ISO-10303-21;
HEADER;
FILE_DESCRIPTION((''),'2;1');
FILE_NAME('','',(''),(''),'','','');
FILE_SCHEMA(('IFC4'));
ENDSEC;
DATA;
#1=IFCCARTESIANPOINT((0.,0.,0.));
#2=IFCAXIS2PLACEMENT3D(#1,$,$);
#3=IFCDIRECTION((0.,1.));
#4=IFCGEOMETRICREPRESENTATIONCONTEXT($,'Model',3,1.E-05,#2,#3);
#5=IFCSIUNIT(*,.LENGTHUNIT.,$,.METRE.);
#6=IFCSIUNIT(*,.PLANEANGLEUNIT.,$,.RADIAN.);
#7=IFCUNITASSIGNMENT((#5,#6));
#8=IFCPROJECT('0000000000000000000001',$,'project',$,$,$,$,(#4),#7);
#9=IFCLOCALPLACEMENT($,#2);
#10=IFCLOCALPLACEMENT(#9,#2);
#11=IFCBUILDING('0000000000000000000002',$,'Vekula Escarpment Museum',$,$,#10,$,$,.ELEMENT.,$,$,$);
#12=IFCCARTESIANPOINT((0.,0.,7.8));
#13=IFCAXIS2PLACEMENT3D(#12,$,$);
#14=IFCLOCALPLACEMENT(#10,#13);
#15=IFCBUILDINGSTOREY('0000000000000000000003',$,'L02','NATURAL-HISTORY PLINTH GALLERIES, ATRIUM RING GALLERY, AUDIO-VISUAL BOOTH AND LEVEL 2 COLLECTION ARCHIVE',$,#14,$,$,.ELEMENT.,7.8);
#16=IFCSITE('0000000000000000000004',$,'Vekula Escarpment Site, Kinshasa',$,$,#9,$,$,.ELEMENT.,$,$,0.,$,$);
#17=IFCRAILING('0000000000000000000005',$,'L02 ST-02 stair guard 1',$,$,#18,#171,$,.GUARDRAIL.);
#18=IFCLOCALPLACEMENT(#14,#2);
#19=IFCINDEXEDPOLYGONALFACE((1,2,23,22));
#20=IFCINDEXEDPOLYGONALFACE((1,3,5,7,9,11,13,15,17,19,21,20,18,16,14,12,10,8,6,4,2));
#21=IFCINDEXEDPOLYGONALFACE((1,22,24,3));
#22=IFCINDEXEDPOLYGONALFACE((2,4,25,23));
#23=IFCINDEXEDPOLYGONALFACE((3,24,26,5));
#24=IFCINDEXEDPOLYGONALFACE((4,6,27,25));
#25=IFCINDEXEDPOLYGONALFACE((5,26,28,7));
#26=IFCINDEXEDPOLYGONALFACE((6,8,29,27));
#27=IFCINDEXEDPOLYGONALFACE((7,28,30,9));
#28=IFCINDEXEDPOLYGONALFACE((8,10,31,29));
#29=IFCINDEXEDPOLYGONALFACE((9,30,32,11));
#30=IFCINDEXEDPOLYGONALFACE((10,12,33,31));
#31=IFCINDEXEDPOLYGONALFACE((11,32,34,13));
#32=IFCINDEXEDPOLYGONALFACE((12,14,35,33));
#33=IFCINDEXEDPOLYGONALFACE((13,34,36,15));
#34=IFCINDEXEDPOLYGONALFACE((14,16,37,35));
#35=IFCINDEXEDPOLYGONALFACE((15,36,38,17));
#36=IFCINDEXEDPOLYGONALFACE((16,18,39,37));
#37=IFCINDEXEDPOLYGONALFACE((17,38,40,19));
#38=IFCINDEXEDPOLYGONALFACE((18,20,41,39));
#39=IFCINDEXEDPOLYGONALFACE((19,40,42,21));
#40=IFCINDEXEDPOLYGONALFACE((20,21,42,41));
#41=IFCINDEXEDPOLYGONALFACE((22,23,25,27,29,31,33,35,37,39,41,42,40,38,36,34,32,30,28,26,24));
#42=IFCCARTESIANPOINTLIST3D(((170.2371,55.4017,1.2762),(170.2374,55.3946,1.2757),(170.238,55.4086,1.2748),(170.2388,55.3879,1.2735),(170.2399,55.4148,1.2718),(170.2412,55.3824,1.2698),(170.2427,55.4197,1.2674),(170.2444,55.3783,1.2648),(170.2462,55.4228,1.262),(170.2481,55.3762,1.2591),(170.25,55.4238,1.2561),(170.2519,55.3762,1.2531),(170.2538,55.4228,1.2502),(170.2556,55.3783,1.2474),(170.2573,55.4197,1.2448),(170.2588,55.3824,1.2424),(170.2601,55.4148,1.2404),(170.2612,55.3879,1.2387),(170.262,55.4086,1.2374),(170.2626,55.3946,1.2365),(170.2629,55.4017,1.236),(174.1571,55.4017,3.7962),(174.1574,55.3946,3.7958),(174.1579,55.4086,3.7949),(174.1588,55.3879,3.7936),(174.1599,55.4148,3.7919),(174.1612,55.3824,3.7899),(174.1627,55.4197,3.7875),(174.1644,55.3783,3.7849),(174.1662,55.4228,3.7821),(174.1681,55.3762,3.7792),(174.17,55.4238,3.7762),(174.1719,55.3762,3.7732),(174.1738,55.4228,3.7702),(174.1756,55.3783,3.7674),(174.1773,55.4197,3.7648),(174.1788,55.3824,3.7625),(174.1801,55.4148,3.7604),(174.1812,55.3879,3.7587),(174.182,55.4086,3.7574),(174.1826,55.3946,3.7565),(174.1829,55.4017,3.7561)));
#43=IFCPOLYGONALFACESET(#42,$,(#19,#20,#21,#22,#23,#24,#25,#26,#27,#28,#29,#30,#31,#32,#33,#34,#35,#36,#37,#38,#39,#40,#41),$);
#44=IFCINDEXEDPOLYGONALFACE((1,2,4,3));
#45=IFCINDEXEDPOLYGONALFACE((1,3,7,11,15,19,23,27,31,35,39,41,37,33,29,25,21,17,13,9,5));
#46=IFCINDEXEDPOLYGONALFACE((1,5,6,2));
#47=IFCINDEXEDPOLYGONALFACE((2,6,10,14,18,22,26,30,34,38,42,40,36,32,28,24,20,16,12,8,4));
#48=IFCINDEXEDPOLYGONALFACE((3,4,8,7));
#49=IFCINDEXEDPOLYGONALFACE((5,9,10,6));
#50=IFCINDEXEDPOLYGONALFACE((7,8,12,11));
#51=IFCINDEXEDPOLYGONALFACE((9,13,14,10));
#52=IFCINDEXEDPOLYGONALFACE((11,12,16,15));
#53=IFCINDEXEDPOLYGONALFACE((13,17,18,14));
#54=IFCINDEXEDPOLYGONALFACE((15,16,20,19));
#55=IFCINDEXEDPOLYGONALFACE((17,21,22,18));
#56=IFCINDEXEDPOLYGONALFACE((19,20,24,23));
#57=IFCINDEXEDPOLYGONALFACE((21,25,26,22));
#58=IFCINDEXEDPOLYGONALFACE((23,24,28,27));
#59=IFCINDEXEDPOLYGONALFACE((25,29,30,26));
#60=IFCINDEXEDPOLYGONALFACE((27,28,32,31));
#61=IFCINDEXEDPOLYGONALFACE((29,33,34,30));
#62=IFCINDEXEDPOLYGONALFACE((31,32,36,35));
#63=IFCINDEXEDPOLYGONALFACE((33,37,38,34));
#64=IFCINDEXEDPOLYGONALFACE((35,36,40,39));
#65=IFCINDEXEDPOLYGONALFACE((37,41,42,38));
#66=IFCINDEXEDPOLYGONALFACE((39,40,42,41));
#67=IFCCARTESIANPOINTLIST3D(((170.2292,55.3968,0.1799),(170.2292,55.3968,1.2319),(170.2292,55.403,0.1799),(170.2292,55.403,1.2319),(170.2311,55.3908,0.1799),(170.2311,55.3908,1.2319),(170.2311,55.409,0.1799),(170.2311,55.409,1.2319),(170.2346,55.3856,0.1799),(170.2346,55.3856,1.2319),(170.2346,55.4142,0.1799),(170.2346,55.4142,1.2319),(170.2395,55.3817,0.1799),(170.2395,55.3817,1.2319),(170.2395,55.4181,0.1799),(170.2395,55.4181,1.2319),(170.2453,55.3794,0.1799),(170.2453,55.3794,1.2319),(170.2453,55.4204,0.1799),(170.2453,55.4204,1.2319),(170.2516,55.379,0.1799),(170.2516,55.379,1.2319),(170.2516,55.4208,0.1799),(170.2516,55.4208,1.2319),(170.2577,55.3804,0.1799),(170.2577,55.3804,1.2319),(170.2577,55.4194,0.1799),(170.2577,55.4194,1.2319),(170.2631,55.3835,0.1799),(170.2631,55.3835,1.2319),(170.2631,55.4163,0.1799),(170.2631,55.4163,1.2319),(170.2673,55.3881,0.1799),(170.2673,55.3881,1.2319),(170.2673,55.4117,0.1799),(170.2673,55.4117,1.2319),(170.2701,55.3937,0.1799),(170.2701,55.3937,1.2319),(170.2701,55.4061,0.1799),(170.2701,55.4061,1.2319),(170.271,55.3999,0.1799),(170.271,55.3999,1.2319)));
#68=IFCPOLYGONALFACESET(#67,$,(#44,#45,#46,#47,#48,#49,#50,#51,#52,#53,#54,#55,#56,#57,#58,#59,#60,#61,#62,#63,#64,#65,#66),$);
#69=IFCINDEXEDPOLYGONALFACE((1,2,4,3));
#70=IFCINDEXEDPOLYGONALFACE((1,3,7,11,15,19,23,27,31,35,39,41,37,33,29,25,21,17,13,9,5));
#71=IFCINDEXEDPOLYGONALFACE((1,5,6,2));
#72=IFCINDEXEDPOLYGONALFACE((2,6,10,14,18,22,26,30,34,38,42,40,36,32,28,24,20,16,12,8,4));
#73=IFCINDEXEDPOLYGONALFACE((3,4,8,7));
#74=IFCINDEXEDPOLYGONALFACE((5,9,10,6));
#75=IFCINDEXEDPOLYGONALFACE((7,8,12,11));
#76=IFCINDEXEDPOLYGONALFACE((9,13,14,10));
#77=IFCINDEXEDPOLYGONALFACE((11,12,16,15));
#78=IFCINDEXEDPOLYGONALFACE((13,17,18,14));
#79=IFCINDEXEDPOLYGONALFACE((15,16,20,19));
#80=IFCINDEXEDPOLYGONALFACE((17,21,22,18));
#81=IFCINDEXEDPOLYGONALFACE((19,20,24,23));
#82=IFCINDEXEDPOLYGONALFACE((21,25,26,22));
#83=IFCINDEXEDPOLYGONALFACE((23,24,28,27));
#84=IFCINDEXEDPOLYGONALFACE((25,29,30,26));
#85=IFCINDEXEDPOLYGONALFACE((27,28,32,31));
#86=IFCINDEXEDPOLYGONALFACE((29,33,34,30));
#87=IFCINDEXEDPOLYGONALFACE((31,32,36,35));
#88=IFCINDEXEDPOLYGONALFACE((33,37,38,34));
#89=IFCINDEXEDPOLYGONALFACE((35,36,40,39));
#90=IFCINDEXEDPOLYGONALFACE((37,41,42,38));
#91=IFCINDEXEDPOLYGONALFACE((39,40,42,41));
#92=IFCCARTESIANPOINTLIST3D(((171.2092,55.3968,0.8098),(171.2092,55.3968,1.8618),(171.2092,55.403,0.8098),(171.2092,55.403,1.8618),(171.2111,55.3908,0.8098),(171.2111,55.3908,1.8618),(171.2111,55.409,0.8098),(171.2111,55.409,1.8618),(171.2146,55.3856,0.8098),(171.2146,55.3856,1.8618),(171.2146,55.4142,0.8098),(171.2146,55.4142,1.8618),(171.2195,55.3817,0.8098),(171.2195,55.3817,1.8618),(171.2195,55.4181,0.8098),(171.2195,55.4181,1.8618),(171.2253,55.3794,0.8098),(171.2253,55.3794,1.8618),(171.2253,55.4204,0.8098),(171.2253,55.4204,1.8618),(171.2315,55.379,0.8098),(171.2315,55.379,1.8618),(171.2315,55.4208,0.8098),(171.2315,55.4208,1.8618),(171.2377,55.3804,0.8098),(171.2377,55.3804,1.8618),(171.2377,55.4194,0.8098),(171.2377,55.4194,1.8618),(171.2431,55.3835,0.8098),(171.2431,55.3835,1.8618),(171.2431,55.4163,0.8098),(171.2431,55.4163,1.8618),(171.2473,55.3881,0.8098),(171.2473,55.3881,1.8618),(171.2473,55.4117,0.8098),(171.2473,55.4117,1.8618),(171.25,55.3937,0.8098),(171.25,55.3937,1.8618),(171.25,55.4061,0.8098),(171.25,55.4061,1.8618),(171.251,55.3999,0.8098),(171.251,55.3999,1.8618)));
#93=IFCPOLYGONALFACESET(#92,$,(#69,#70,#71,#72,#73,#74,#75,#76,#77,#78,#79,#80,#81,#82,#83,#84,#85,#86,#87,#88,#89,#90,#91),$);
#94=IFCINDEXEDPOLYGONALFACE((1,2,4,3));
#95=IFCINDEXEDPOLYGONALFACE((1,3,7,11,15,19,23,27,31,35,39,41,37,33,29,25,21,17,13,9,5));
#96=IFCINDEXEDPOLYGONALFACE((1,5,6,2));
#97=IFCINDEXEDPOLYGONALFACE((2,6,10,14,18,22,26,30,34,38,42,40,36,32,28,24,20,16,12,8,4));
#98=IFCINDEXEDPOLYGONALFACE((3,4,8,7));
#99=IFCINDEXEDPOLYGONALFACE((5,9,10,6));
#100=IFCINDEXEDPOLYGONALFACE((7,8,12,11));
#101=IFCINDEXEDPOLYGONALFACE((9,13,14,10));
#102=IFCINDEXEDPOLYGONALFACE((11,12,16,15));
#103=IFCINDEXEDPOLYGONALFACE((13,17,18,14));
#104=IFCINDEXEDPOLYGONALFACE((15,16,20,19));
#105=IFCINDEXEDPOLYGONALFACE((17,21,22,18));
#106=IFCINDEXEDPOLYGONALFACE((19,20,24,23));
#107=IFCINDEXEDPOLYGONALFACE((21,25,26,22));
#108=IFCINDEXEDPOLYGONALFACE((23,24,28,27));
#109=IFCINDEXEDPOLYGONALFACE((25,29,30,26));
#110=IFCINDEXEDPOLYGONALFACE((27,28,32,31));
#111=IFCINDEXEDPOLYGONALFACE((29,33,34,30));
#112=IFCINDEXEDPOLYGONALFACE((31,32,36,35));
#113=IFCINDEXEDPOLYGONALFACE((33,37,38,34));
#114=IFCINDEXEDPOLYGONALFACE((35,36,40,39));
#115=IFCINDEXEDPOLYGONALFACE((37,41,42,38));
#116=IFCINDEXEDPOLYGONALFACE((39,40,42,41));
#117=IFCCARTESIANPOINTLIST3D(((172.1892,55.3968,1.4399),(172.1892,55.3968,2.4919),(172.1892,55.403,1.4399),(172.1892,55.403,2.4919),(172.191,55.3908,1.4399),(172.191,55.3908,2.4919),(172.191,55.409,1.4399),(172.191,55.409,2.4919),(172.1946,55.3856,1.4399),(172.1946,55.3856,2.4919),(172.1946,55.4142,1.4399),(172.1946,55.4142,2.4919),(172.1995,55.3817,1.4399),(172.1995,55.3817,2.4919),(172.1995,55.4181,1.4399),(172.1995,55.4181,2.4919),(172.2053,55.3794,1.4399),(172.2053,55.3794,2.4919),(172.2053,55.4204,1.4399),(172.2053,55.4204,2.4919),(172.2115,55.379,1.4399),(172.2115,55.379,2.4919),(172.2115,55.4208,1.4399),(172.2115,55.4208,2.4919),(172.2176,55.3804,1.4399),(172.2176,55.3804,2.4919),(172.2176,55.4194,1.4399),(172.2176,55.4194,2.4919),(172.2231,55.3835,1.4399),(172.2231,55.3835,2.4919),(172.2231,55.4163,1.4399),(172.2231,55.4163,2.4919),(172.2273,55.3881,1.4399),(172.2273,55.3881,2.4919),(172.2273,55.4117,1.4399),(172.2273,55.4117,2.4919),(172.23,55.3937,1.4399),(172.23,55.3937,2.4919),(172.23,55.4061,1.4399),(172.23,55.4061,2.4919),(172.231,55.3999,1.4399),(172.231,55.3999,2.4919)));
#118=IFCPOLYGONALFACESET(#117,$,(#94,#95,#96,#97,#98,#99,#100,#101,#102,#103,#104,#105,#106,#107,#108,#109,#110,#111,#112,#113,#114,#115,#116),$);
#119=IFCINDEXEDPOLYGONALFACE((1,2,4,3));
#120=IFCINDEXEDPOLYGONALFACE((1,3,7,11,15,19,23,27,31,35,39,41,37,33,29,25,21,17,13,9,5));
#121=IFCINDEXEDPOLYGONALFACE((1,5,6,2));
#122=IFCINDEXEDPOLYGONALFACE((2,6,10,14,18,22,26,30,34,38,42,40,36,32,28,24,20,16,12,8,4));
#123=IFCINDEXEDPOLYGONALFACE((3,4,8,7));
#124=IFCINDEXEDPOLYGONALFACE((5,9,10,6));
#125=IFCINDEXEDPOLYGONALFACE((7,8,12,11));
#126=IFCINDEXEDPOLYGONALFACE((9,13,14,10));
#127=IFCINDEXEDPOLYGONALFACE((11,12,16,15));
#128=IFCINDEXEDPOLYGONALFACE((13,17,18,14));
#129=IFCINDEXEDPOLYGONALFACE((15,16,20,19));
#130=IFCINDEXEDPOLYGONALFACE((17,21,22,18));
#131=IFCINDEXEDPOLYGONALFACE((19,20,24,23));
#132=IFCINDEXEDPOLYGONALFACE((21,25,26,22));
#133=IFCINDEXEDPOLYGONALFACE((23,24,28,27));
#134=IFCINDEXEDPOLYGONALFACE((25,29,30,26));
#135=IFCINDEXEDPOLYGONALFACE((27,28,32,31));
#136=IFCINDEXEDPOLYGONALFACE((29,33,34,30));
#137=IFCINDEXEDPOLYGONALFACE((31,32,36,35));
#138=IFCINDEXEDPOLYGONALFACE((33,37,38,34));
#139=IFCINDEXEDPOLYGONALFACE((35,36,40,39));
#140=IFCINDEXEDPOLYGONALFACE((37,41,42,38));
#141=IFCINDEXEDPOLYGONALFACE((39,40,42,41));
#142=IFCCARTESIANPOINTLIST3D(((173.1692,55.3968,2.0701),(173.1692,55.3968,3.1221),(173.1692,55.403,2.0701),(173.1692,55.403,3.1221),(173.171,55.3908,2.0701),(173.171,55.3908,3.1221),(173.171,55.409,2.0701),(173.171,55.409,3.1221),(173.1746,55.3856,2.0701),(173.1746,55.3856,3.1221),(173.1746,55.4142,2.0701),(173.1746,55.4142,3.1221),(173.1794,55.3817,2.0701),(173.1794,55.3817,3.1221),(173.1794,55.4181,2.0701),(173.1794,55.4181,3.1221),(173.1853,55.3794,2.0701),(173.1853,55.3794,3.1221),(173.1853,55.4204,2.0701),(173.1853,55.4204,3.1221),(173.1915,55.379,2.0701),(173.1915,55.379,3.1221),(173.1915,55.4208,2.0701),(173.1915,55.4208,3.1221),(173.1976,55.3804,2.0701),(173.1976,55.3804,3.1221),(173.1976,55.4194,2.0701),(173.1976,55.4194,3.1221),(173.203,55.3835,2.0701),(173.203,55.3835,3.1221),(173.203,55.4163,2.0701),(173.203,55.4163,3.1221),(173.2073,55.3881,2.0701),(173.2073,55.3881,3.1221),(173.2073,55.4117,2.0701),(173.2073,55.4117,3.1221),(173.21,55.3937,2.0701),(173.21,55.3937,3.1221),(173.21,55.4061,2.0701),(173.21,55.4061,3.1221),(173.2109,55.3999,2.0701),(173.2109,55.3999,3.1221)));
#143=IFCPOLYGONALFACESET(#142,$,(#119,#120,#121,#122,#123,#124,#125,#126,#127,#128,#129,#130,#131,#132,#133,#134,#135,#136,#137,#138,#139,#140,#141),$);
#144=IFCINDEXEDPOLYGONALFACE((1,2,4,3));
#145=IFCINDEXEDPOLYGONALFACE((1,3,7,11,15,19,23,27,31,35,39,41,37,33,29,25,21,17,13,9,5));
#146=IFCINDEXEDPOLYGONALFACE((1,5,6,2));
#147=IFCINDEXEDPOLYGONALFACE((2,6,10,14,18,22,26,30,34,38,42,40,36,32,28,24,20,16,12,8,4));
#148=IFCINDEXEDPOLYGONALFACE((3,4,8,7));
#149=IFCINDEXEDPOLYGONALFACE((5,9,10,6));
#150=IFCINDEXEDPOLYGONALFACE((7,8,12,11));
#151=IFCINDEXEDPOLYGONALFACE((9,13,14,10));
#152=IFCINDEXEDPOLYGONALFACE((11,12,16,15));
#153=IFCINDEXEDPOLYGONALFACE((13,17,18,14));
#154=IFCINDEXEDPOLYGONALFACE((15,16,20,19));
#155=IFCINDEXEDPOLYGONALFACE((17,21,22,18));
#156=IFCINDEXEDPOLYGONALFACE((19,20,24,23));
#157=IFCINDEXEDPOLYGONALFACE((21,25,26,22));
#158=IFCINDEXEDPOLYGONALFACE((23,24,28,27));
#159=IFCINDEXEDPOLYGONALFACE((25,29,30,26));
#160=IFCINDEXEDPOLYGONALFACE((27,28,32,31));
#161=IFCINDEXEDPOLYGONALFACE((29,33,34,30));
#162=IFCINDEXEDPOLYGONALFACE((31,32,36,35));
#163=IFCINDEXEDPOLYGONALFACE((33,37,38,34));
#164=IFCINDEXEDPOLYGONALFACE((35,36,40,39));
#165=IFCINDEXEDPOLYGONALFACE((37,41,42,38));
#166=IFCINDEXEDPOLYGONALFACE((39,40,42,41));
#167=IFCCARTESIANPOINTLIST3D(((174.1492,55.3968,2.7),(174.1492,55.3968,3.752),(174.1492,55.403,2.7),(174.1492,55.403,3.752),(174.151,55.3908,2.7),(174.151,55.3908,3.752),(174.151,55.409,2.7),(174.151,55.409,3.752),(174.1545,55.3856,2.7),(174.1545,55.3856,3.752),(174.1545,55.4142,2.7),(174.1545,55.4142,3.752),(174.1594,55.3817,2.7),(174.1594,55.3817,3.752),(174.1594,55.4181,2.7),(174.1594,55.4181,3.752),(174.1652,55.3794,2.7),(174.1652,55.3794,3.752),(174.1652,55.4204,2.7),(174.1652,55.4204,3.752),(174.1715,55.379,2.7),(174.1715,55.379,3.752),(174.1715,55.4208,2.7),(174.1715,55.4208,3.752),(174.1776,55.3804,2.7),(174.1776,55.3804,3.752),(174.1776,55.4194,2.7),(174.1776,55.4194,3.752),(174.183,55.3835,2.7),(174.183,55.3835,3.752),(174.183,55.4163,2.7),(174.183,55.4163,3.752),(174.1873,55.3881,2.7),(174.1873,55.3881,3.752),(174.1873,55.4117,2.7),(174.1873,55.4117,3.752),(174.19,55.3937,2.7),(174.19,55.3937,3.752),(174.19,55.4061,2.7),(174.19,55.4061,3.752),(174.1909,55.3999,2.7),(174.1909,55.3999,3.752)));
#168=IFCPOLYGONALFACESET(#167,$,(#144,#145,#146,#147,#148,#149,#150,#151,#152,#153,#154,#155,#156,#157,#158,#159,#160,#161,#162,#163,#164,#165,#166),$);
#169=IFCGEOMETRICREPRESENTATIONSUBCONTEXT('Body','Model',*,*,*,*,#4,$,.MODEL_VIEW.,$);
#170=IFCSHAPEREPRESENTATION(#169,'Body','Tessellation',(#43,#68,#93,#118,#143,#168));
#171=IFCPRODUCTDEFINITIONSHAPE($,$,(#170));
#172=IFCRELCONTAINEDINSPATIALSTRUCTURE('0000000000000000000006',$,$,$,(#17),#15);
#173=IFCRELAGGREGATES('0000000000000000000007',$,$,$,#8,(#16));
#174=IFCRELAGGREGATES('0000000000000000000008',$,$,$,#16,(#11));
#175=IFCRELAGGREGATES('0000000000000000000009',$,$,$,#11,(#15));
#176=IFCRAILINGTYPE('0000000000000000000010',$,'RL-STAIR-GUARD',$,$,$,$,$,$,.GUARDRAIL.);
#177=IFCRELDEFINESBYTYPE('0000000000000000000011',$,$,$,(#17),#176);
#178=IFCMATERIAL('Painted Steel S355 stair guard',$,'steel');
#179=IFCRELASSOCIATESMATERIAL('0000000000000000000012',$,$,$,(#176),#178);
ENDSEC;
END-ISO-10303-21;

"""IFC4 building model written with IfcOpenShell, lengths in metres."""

from ifc_helpers import new_model, si_unit, direction, frame, origin, origin_2d, place, context, subcontext, project, spatial, circle, extrude, material, type_object, element, save


model = new_model("IFC4")

# Units and contexts
model_context = context("Model", 3, precision=1e-05, world=origin(), true_north=direction((0.0, 1.0)))
body_context = subcontext(model_context, "Body", "Model", "MODEL_VIEW")
ifc_project = project(units=[si_unit("LENGTHUNIT", "METRE"), si_unit("PLANEANGLEUNIT", "RADIAN")], contexts=[model_context])

# Site, building, storey
site_placement = place(None, origin())
site = spatial("IfcSite", under=ifc_project, at=site_placement, Name="Vekula Escarpment Site, Kinshasa", CompositionType="ELEMENT", RefElevation=0.0)
building_placement = place(site_placement, origin())
building = spatial("IfcBuilding", under=site, at=building_placement, Name="Vekula Escarpment Museum", CompositionType="ELEMENT")
storey_placement = place(building_placement, frame((0.0, 0.0, 7.8)))
storey = spatial("IfcBuildingStorey", under=building, at=storey_placement, Name="L02", Description="NATURAL-HISTORY PLINTH GALLERIES, ATRIUM RING GALLERY, AUDIO-VISUAL BOOTH AND LEVEL 2 COLLECTION ARCHIVE", CompositionType="ELEMENT", Elevation=7.8)

# Railing
ifc_material_1 = material(Name="Painted Steel S355 stair guard", Category="steel")
railing_type_1 = type_object("IfcRailingType", Name="RL-STAIR-GUARD", PredefinedType="GUARDRAIL", material=ifc_material_1)
railing_1_placement = place(storey_placement, frame((170.25, 55.3999, 0.1799)))
element("IfcRailing", 1, at=railing_1_placement, inside=storey, type_object=railing_type_1, Name="L02 ST-02 stair guard 1", PredefinedType="GUARDRAIL", context=body_context, shape_type="SweptSolid", body=[
    extrude(circle(Radius=0.0239, at=origin_2d()), frame((0.0, 0.0, 1.0762), z_axis=(0.841172, 0.0, 0.540768), x_axis=(0.0, 1.0, 0.0)), (0.0, 0.0, 1.0), 4.6602),
    extrude(circle(Radius=0.021, at=origin_2d()), origin(), (0.0, 0.0, 1.0), 1.052),
    extrude(circle(Radius=0.021, at=origin_2d()), frame((0.98, 0.0, 0.6299)), (0.0, 0.0, 1.0), 1.052),
    extrude(circle(Radius=0.021, at=origin_2d()), frame((1.96, 0.0, 1.26)), (0.0, 0.0, 1.0), 1.052),
    extrude(circle(Radius=0.021, at=origin_2d()), frame((2.9399, 0.0, 1.8901)), (0.0, 0.0, 1.0), 1.052),
    extrude(circle(Radius=0.021, at=origin_2d()), frame((3.9199, 0.0, 2.52)), (0.0, 0.0, 1.0), 1.052),
])

save(model, "model.ifc")
